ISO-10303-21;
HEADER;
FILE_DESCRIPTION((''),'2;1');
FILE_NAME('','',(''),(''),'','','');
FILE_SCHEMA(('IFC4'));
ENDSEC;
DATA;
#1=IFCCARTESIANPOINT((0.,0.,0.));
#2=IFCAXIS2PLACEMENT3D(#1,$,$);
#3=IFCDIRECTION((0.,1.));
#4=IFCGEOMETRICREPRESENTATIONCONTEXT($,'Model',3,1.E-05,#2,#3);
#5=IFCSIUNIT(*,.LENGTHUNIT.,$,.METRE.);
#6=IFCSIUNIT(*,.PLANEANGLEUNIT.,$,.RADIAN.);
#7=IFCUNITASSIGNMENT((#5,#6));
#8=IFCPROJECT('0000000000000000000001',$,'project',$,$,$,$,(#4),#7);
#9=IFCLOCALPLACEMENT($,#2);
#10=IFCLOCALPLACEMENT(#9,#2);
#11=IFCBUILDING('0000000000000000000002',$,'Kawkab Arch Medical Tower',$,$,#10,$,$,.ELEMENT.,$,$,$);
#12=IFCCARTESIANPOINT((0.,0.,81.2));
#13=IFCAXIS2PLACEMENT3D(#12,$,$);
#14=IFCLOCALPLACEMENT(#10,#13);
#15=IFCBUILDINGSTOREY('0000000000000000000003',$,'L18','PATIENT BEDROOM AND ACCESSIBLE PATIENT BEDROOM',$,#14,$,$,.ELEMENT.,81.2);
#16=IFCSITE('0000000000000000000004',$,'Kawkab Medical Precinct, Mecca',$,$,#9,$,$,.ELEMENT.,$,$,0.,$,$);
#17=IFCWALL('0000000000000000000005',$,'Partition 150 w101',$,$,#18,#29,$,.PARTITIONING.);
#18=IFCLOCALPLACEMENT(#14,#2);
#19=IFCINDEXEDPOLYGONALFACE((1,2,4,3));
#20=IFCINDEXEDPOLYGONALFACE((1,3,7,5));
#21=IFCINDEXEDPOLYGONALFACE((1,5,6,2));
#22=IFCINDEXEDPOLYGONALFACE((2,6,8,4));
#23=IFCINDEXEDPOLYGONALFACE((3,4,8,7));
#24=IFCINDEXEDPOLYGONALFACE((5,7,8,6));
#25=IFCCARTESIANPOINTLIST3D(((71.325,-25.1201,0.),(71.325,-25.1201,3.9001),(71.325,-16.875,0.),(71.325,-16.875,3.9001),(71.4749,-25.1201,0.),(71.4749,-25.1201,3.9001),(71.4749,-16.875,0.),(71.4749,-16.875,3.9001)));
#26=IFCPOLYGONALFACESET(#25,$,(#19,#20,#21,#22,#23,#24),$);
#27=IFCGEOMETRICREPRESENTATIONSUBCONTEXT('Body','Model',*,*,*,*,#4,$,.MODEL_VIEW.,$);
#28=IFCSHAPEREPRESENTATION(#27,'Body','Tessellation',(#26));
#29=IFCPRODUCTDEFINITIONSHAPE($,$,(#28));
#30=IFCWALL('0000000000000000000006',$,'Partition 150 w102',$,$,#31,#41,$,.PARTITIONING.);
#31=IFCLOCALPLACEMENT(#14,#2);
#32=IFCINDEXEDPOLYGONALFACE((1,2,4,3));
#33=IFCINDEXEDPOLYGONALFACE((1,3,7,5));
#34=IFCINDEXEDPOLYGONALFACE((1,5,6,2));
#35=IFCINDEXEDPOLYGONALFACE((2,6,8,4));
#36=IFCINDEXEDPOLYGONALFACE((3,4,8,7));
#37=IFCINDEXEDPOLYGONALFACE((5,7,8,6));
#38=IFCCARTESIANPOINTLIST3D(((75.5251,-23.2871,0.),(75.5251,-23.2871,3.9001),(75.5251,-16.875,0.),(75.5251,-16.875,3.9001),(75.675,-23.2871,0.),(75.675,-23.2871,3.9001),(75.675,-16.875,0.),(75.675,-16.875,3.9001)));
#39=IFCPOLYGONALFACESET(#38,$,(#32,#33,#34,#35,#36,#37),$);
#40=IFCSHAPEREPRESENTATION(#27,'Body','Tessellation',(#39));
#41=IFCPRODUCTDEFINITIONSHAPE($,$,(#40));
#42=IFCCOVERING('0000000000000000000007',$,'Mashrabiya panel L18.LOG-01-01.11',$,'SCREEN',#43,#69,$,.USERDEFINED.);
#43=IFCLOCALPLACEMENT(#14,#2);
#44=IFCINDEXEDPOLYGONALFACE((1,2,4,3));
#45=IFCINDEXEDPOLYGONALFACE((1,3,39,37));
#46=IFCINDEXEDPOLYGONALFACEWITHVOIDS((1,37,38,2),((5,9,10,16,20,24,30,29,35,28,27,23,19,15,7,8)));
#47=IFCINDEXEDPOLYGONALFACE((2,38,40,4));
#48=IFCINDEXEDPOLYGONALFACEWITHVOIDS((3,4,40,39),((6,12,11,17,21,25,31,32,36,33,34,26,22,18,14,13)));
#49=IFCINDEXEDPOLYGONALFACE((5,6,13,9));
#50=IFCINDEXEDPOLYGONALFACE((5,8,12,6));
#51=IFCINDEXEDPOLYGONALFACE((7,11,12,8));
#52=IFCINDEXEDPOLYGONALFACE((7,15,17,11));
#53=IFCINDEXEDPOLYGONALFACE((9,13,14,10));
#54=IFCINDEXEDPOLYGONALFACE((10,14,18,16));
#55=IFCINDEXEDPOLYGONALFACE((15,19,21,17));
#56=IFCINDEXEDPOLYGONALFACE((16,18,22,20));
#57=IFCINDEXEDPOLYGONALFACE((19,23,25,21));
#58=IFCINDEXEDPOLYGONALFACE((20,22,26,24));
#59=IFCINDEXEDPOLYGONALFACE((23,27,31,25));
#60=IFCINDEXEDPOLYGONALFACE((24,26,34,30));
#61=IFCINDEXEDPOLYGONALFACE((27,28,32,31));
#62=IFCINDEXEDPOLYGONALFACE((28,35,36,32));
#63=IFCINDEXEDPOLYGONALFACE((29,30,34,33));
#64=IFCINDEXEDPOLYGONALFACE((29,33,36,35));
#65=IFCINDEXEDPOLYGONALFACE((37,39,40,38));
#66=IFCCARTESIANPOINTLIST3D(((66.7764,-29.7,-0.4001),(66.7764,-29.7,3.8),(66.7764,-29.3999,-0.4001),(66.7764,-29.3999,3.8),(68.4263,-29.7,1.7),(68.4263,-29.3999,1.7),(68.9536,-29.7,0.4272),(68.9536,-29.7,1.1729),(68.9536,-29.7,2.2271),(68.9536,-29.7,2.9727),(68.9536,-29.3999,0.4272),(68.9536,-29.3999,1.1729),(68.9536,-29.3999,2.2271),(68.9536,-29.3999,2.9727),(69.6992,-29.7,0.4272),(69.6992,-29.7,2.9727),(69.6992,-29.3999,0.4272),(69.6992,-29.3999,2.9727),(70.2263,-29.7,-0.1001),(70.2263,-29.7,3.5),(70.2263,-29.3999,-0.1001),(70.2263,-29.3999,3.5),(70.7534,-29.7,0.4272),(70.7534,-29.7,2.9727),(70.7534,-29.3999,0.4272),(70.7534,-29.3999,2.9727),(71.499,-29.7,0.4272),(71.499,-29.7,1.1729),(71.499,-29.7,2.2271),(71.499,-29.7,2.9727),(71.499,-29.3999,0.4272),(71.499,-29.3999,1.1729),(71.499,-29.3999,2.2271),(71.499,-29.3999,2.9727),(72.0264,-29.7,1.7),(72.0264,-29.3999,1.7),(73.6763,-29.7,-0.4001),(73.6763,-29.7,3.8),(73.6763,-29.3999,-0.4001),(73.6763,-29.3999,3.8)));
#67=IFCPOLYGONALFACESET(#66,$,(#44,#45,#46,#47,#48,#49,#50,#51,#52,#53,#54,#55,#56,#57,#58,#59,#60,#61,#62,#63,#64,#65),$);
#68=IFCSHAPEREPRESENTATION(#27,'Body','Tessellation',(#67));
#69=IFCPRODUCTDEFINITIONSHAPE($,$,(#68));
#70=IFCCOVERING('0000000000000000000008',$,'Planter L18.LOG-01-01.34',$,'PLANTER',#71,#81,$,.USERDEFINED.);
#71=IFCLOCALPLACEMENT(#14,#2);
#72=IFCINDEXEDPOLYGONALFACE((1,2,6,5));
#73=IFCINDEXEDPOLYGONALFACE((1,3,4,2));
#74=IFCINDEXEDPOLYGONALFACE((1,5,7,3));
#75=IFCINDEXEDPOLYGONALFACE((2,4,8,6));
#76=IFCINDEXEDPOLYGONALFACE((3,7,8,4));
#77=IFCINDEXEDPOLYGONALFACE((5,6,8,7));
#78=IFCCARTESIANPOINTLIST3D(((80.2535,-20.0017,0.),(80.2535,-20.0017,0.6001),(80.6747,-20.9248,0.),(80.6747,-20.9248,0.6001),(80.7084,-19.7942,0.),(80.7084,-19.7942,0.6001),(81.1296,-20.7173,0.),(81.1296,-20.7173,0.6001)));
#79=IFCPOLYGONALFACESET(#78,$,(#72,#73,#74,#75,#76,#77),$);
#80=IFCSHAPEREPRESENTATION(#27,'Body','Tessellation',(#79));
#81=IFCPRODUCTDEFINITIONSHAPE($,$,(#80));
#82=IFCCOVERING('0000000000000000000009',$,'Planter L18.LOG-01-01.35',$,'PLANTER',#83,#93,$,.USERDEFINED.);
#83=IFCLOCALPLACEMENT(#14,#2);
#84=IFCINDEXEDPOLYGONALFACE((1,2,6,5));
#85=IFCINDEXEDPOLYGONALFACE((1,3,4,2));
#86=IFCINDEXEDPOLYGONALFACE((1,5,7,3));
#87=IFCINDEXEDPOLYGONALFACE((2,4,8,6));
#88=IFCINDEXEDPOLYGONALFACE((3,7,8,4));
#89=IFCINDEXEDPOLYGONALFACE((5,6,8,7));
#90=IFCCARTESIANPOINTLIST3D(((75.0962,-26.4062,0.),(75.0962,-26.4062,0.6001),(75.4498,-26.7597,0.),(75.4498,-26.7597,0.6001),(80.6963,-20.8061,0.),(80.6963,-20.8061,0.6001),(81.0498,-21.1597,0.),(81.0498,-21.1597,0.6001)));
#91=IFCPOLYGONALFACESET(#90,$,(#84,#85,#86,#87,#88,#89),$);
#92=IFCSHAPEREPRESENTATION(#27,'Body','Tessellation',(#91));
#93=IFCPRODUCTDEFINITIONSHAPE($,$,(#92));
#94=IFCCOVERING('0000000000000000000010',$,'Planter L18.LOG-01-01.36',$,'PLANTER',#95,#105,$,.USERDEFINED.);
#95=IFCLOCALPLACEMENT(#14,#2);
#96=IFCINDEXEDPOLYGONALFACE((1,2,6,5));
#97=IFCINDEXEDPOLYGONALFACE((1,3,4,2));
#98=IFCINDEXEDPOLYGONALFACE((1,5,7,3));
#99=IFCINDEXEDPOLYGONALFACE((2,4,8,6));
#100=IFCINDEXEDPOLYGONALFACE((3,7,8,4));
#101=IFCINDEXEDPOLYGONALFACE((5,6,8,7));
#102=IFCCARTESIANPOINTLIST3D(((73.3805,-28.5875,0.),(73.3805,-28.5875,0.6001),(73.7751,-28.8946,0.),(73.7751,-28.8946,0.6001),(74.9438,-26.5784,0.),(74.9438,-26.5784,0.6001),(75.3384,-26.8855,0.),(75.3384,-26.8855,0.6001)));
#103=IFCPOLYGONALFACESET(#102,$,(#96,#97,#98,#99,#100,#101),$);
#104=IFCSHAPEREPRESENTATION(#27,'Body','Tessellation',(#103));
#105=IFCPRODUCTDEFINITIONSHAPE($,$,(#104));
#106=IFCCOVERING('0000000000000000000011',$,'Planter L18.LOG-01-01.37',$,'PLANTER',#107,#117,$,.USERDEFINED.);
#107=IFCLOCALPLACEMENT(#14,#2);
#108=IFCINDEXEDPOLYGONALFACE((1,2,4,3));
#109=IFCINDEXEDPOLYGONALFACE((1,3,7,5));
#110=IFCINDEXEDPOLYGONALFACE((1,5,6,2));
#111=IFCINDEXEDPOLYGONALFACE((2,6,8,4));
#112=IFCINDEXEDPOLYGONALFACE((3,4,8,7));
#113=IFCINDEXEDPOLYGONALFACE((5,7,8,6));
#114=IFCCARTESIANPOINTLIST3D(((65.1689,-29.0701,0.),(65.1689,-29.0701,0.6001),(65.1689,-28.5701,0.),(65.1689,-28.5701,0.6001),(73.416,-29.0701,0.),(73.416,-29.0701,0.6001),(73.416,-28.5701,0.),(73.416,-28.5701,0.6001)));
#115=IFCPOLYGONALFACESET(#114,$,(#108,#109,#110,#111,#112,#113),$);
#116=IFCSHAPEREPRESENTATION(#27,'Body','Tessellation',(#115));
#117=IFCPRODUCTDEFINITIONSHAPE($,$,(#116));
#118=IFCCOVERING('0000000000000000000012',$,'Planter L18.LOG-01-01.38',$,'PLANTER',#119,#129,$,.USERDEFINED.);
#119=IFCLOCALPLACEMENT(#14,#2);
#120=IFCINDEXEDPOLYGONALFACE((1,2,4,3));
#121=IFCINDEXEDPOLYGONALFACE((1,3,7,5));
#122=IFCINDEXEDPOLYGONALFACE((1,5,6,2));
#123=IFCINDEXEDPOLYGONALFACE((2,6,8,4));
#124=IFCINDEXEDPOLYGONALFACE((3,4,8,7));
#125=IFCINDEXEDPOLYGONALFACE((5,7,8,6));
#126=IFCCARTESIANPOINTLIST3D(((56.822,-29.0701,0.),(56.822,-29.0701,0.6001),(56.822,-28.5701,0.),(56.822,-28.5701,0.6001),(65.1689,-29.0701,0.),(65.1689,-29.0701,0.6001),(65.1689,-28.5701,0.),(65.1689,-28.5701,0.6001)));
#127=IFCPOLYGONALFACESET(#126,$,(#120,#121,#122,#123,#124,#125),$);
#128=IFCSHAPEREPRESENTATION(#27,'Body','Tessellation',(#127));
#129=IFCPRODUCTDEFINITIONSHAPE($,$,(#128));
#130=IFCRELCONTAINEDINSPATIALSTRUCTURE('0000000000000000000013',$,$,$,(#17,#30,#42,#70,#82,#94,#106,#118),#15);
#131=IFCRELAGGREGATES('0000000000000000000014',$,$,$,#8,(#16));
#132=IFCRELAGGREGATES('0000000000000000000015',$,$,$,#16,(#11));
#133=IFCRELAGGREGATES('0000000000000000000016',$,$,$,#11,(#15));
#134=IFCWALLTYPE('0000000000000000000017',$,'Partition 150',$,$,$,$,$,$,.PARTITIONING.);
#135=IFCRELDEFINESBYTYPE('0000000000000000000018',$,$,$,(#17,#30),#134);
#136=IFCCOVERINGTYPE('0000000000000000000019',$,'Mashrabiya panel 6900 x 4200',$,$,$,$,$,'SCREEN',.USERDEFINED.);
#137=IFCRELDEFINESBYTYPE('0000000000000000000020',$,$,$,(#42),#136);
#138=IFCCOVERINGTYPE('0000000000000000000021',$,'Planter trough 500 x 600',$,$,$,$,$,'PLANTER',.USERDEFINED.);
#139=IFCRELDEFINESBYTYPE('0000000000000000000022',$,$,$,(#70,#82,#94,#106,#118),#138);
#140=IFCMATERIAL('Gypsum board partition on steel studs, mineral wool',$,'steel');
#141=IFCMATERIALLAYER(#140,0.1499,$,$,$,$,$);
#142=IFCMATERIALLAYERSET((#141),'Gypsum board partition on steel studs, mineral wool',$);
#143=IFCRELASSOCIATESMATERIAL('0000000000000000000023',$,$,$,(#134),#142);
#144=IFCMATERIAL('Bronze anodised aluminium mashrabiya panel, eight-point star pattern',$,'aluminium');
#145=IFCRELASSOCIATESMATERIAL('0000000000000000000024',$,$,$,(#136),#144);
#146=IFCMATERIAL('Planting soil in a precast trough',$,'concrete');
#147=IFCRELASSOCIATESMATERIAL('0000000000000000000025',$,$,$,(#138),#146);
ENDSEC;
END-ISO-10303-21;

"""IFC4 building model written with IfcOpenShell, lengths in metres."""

from ifc_helpers import new_model, si_unit, direction, frame, frame_2d, origin, origin_2d, place, context, subcontext, project, spatial, polyline, rectangle, outline, extrude, material, layer, layer_set, material_profile, profile_set, type_object, element, save


model = new_model("IFC4")

# Units and contexts
model_context = context("Model", 3, precision=1e-05, world=origin(), true_north=direction((0.0, 1.0)))
body_context = subcontext(model_context, "Body", "Model", "MODEL_VIEW")
ifc_project = project(units=[si_unit("LENGTHUNIT", "METRE"), si_unit("PLANEANGLEUNIT", "RADIAN")], contexts=[model_context])

# Site, building, storey
site_placement = place(None, origin())
site = spatial("IfcSite", under=ifc_project, at=site_placement, Name="Kawkab Medical Precinct, Mecca", CompositionType="ELEMENT", RefElevation=0.0)
building_placement = place(site_placement, origin())
building = spatial("IfcBuilding", under=site, at=building_placement, Name="Kawkab Arch Medical Tower", CompositionType="ELEMENT")
storey_placement = place(building_placement, frame((0.0, 0.0, 81.2)))
storey = spatial("IfcBuildingStorey", under=building, at=storey_placement, Name="L18", Description="PATIENT BEDROOM AND ACCESSIBLE PATIENT BEDROOM", CompositionType="ELEMENT", Elevation=81.2)

# Walls
ifc_material_1 = material(Name="Gypsum board partition on steel studs, mineral wool", Category="steel")
ifc_layer_1 = layer(ifc_material_1, 0.1499)
ifc_layer_set_1 = layer_set([ifc_layer_1], Name="Gypsum board partition on steel studs, mineral wool")
wall_type_1 = type_object("IfcWallType", Name="Partition 150", PredefinedType="PARTITIONING", material=ifc_layer_set_1)
wall_1_placement = place(storey_placement, frame((71.3999, -25.1201, 0.0), z_axis=(0.0, 0.0, 1.0), x_axis=(0.0, 1.0, 0.0)))
element("IfcWall", 1, at=wall_1_placement, inside=storey, type_object=wall_type_1, Name="Partition 150 w101", PredefinedType="PARTITIONING", context=body_context, shape_type="SweptSolid", body=[
    extrude(rectangle(XDim=8.2451, YDim=0.1499, at=frame_2d((4.1226, 0.0))), origin(), (0.0, 0.0, 1.0), 3.9001),
])
wall_2_placement = place(storey_placement, frame((75.6001, -23.2871, 0.0), z_axis=(0.0, 0.0, 1.0), x_axis=(0.0, 1.0, 0.0)))
element("IfcWall", 2, at=wall_2_placement, inside=storey, type_object=wall_type_1, Name="Partition 150 w102", PredefinedType="PARTITIONING", context=body_context, shape_type="SweptSolid", body=[
    extrude(rectangle(XDim=6.4121, YDim=0.1499, at=frame_2d((3.2061, 0.0))), origin(), (0.0, 0.0, 1.0), 3.9001),
])

# Coverings
ifc_material_2 = material(Name="Bronze anodised aluminium mashrabiya panel, eight-point star pattern", Category="aluminium")
ifc_material_profile_1 = material_profile(ifc_material_2, outline(polyline([(-3.45, -2.1001), (3.45, -2.1001), (3.45, 2.1001), (-3.45, 2.1001), (-3.45, -2.1001)]), holes=[polyline([(1.8, 0.0), (1.2727, 0.5271), (1.2727, 1.2727), (0.5271, 1.2727), (0.0, 1.8), (-0.5271, 1.2727), (-1.2727, 1.2727), (-1.2727, 0.5271), (-1.8, 0.0), (-1.2727, -0.5271), (-1.2727, -1.2727), (-0.5271, -1.2727), (0.0, -1.8), (0.5271, -1.2727), (1.2727, -1.2727), (1.2727, -0.5271), (1.8, 0.0)])]), Name="Mashrabiya panel 6900x4200")
ifc_profile_set_1 = profile_set([ifc_material_profile_1], Name="Bronze anodised aluminium mashrabiya panel, eight-point star pattern")
covering_type_1 = type_object("IfcCoveringType", Name="Mashrabiya panel 6900 x 4200", ElementType="SCREEN", PredefinedType="USERDEFINED", material=ifc_profile_set_1)
covering_1_placement = place(storey_placement, frame((70.2263, -29.3999, 1.7), z_axis=(0.0, -1.0, 0.0), x_axis=(1.0, 0.0, 0.0)))
element("IfcCovering", 3, at=covering_1_placement, inside=storey, type_object=covering_type_1, Name="Mashrabiya panel L18.LOG-01-01.11", ObjectType="SCREEN", PredefinedType="USERDEFINED", context=body_context, shape_type="SweptSolid", body=[
    extrude(outline(polyline([(-3.45, -2.1001), (3.45, -2.1001), (3.45, 2.1001), (-3.45, 2.1001), (-3.45, -2.1001)]), holes=[polyline([(1.8, 0.0), (1.2727, 0.5271), (1.2727, 1.2727), (0.5271, 1.2727), (0.0, 1.8), (-0.5271, 1.2727), (-1.2727, 1.2727), (-1.2727, 0.5271), (-1.8, 0.0), (-1.2727, -0.5271), (-1.2727, -1.2727), (-0.5271, -1.2727), (0.0, -1.8), (0.5271, -1.2727), (1.2727, -1.2727), (1.2727, -0.5271), (1.8, 0.0)])]), origin(), (0.0, 0.0, 1.0), 0.3),
])
ifc_material_3 = material(Name="Planting soil in a precast trough", Category="concrete")
ifc_material_profile_2 = material_profile(ifc_material_3, rectangle(XDim=0.5, YDim=0.6001, at=origin_2d()), Name="Trough 500x600")
ifc_profile_set_2 = profile_set([ifc_material_profile_2], Name="Planting soil in a precast trough")
covering_type_2 = type_object("IfcCoveringType", Name="Planter trough 500 x 600", ElementType="PLANTER", PredefinedType="USERDEFINED", material=ifc_profile_set_2)
covering_2_placement = place(storey_placement, frame((80.481, -19.8979, 0.3), z_axis=(0.415072, -0.909789, 0.0), x_axis=(0.909789, 0.415072, 0.0)))
element("IfcCovering", 4, at=covering_2_placement, inside=storey, type_object=covering_type_2, Name="Planter L18.LOG-01-01.34", ObjectType="PLANTER", PredefinedType="USERDEFINED", context=body_context, shape_type="SweptSolid", body=[
    extrude(rectangle(XDim=0.5, YDim=0.6001, at=origin_2d()), origin(), (0.0, 0.0, 1.0), 1.0146),
])
covering_3_placement = place(storey_placement, frame((80.873, -20.9829, 0.3), z_axis=(-0.707107, -0.707107, 0.0), x_axis=(0.707107, -0.707107, 0.0)))
element("IfcCovering", 5, at=covering_3_placement, inside=storey, type_object=covering_type_2, Name="Planter L18.LOG-01-01.35", ObjectType="PLANTER", PredefinedType="USERDEFINED", context=body_context, shape_type="SweptSolid", body=[
    extrude(rectangle(XDim=0.5, YDim=0.6001, at=origin_2d()), origin(), (0.0, 0.0, 1.0), 7.9197),
])
covering_4_placement = place(storey_placement, frame((75.1411, -26.7319, 0.3), z_axis=(-0.6141, -0.789228, 0.0), x_axis=(0.789228, -0.6141, 0.0)))
element("IfcCovering", 6, at=covering_4_placement, inside=storey, type_object=covering_type_2, Name="Planter L18.LOG-01-01.36", ObjectType="PLANTER", PredefinedType="USERDEFINED", context=body_context, shape_type="SweptSolid", body=[
    extrude(rectangle(XDim=0.5, YDim=0.6001, at=origin_2d()), origin(), (0.0, 0.0, 1.0), 2.5457),
])
covering_5_placement = place(storey_placement, frame((73.416, -28.8201, 0.3), z_axis=(-1.0, 0.0, 0.0), x_axis=(0.0, -1.0, 0.0)))
element("IfcCovering", 7, at=covering_5_placement, inside=storey, type_object=covering_type_2, Name="Planter L18.LOG-01-01.37", ObjectType="PLANTER", PredefinedType="USERDEFINED", context=body_context, shape_type="SweptSolid", body=[
    extrude(rectangle(XDim=0.5, YDim=0.6001, at=origin_2d()), origin(), (0.0, 0.0, 1.0), 8.2471),
])
covering_6_placement = place(storey_placement, frame((65.1689, -28.8201, 0.3), z_axis=(-1.0, 0.0, 0.0), x_axis=(0.0, -1.0, 0.0)))
element("IfcCovering", 8, at=covering_6_placement, inside=storey, type_object=covering_type_2, Name="Planter L18.LOG-01-01.38", ObjectType="PLANTER", PredefinedType="USERDEFINED", context=body_context, shape_type="SweptSolid", body=[
    extrude(rectangle(XDim=0.5, YDim=0.6001, at=origin_2d()), origin(), (0.0, 0.0, 1.0), 8.3469),
])

save(model, "model.ifc")
